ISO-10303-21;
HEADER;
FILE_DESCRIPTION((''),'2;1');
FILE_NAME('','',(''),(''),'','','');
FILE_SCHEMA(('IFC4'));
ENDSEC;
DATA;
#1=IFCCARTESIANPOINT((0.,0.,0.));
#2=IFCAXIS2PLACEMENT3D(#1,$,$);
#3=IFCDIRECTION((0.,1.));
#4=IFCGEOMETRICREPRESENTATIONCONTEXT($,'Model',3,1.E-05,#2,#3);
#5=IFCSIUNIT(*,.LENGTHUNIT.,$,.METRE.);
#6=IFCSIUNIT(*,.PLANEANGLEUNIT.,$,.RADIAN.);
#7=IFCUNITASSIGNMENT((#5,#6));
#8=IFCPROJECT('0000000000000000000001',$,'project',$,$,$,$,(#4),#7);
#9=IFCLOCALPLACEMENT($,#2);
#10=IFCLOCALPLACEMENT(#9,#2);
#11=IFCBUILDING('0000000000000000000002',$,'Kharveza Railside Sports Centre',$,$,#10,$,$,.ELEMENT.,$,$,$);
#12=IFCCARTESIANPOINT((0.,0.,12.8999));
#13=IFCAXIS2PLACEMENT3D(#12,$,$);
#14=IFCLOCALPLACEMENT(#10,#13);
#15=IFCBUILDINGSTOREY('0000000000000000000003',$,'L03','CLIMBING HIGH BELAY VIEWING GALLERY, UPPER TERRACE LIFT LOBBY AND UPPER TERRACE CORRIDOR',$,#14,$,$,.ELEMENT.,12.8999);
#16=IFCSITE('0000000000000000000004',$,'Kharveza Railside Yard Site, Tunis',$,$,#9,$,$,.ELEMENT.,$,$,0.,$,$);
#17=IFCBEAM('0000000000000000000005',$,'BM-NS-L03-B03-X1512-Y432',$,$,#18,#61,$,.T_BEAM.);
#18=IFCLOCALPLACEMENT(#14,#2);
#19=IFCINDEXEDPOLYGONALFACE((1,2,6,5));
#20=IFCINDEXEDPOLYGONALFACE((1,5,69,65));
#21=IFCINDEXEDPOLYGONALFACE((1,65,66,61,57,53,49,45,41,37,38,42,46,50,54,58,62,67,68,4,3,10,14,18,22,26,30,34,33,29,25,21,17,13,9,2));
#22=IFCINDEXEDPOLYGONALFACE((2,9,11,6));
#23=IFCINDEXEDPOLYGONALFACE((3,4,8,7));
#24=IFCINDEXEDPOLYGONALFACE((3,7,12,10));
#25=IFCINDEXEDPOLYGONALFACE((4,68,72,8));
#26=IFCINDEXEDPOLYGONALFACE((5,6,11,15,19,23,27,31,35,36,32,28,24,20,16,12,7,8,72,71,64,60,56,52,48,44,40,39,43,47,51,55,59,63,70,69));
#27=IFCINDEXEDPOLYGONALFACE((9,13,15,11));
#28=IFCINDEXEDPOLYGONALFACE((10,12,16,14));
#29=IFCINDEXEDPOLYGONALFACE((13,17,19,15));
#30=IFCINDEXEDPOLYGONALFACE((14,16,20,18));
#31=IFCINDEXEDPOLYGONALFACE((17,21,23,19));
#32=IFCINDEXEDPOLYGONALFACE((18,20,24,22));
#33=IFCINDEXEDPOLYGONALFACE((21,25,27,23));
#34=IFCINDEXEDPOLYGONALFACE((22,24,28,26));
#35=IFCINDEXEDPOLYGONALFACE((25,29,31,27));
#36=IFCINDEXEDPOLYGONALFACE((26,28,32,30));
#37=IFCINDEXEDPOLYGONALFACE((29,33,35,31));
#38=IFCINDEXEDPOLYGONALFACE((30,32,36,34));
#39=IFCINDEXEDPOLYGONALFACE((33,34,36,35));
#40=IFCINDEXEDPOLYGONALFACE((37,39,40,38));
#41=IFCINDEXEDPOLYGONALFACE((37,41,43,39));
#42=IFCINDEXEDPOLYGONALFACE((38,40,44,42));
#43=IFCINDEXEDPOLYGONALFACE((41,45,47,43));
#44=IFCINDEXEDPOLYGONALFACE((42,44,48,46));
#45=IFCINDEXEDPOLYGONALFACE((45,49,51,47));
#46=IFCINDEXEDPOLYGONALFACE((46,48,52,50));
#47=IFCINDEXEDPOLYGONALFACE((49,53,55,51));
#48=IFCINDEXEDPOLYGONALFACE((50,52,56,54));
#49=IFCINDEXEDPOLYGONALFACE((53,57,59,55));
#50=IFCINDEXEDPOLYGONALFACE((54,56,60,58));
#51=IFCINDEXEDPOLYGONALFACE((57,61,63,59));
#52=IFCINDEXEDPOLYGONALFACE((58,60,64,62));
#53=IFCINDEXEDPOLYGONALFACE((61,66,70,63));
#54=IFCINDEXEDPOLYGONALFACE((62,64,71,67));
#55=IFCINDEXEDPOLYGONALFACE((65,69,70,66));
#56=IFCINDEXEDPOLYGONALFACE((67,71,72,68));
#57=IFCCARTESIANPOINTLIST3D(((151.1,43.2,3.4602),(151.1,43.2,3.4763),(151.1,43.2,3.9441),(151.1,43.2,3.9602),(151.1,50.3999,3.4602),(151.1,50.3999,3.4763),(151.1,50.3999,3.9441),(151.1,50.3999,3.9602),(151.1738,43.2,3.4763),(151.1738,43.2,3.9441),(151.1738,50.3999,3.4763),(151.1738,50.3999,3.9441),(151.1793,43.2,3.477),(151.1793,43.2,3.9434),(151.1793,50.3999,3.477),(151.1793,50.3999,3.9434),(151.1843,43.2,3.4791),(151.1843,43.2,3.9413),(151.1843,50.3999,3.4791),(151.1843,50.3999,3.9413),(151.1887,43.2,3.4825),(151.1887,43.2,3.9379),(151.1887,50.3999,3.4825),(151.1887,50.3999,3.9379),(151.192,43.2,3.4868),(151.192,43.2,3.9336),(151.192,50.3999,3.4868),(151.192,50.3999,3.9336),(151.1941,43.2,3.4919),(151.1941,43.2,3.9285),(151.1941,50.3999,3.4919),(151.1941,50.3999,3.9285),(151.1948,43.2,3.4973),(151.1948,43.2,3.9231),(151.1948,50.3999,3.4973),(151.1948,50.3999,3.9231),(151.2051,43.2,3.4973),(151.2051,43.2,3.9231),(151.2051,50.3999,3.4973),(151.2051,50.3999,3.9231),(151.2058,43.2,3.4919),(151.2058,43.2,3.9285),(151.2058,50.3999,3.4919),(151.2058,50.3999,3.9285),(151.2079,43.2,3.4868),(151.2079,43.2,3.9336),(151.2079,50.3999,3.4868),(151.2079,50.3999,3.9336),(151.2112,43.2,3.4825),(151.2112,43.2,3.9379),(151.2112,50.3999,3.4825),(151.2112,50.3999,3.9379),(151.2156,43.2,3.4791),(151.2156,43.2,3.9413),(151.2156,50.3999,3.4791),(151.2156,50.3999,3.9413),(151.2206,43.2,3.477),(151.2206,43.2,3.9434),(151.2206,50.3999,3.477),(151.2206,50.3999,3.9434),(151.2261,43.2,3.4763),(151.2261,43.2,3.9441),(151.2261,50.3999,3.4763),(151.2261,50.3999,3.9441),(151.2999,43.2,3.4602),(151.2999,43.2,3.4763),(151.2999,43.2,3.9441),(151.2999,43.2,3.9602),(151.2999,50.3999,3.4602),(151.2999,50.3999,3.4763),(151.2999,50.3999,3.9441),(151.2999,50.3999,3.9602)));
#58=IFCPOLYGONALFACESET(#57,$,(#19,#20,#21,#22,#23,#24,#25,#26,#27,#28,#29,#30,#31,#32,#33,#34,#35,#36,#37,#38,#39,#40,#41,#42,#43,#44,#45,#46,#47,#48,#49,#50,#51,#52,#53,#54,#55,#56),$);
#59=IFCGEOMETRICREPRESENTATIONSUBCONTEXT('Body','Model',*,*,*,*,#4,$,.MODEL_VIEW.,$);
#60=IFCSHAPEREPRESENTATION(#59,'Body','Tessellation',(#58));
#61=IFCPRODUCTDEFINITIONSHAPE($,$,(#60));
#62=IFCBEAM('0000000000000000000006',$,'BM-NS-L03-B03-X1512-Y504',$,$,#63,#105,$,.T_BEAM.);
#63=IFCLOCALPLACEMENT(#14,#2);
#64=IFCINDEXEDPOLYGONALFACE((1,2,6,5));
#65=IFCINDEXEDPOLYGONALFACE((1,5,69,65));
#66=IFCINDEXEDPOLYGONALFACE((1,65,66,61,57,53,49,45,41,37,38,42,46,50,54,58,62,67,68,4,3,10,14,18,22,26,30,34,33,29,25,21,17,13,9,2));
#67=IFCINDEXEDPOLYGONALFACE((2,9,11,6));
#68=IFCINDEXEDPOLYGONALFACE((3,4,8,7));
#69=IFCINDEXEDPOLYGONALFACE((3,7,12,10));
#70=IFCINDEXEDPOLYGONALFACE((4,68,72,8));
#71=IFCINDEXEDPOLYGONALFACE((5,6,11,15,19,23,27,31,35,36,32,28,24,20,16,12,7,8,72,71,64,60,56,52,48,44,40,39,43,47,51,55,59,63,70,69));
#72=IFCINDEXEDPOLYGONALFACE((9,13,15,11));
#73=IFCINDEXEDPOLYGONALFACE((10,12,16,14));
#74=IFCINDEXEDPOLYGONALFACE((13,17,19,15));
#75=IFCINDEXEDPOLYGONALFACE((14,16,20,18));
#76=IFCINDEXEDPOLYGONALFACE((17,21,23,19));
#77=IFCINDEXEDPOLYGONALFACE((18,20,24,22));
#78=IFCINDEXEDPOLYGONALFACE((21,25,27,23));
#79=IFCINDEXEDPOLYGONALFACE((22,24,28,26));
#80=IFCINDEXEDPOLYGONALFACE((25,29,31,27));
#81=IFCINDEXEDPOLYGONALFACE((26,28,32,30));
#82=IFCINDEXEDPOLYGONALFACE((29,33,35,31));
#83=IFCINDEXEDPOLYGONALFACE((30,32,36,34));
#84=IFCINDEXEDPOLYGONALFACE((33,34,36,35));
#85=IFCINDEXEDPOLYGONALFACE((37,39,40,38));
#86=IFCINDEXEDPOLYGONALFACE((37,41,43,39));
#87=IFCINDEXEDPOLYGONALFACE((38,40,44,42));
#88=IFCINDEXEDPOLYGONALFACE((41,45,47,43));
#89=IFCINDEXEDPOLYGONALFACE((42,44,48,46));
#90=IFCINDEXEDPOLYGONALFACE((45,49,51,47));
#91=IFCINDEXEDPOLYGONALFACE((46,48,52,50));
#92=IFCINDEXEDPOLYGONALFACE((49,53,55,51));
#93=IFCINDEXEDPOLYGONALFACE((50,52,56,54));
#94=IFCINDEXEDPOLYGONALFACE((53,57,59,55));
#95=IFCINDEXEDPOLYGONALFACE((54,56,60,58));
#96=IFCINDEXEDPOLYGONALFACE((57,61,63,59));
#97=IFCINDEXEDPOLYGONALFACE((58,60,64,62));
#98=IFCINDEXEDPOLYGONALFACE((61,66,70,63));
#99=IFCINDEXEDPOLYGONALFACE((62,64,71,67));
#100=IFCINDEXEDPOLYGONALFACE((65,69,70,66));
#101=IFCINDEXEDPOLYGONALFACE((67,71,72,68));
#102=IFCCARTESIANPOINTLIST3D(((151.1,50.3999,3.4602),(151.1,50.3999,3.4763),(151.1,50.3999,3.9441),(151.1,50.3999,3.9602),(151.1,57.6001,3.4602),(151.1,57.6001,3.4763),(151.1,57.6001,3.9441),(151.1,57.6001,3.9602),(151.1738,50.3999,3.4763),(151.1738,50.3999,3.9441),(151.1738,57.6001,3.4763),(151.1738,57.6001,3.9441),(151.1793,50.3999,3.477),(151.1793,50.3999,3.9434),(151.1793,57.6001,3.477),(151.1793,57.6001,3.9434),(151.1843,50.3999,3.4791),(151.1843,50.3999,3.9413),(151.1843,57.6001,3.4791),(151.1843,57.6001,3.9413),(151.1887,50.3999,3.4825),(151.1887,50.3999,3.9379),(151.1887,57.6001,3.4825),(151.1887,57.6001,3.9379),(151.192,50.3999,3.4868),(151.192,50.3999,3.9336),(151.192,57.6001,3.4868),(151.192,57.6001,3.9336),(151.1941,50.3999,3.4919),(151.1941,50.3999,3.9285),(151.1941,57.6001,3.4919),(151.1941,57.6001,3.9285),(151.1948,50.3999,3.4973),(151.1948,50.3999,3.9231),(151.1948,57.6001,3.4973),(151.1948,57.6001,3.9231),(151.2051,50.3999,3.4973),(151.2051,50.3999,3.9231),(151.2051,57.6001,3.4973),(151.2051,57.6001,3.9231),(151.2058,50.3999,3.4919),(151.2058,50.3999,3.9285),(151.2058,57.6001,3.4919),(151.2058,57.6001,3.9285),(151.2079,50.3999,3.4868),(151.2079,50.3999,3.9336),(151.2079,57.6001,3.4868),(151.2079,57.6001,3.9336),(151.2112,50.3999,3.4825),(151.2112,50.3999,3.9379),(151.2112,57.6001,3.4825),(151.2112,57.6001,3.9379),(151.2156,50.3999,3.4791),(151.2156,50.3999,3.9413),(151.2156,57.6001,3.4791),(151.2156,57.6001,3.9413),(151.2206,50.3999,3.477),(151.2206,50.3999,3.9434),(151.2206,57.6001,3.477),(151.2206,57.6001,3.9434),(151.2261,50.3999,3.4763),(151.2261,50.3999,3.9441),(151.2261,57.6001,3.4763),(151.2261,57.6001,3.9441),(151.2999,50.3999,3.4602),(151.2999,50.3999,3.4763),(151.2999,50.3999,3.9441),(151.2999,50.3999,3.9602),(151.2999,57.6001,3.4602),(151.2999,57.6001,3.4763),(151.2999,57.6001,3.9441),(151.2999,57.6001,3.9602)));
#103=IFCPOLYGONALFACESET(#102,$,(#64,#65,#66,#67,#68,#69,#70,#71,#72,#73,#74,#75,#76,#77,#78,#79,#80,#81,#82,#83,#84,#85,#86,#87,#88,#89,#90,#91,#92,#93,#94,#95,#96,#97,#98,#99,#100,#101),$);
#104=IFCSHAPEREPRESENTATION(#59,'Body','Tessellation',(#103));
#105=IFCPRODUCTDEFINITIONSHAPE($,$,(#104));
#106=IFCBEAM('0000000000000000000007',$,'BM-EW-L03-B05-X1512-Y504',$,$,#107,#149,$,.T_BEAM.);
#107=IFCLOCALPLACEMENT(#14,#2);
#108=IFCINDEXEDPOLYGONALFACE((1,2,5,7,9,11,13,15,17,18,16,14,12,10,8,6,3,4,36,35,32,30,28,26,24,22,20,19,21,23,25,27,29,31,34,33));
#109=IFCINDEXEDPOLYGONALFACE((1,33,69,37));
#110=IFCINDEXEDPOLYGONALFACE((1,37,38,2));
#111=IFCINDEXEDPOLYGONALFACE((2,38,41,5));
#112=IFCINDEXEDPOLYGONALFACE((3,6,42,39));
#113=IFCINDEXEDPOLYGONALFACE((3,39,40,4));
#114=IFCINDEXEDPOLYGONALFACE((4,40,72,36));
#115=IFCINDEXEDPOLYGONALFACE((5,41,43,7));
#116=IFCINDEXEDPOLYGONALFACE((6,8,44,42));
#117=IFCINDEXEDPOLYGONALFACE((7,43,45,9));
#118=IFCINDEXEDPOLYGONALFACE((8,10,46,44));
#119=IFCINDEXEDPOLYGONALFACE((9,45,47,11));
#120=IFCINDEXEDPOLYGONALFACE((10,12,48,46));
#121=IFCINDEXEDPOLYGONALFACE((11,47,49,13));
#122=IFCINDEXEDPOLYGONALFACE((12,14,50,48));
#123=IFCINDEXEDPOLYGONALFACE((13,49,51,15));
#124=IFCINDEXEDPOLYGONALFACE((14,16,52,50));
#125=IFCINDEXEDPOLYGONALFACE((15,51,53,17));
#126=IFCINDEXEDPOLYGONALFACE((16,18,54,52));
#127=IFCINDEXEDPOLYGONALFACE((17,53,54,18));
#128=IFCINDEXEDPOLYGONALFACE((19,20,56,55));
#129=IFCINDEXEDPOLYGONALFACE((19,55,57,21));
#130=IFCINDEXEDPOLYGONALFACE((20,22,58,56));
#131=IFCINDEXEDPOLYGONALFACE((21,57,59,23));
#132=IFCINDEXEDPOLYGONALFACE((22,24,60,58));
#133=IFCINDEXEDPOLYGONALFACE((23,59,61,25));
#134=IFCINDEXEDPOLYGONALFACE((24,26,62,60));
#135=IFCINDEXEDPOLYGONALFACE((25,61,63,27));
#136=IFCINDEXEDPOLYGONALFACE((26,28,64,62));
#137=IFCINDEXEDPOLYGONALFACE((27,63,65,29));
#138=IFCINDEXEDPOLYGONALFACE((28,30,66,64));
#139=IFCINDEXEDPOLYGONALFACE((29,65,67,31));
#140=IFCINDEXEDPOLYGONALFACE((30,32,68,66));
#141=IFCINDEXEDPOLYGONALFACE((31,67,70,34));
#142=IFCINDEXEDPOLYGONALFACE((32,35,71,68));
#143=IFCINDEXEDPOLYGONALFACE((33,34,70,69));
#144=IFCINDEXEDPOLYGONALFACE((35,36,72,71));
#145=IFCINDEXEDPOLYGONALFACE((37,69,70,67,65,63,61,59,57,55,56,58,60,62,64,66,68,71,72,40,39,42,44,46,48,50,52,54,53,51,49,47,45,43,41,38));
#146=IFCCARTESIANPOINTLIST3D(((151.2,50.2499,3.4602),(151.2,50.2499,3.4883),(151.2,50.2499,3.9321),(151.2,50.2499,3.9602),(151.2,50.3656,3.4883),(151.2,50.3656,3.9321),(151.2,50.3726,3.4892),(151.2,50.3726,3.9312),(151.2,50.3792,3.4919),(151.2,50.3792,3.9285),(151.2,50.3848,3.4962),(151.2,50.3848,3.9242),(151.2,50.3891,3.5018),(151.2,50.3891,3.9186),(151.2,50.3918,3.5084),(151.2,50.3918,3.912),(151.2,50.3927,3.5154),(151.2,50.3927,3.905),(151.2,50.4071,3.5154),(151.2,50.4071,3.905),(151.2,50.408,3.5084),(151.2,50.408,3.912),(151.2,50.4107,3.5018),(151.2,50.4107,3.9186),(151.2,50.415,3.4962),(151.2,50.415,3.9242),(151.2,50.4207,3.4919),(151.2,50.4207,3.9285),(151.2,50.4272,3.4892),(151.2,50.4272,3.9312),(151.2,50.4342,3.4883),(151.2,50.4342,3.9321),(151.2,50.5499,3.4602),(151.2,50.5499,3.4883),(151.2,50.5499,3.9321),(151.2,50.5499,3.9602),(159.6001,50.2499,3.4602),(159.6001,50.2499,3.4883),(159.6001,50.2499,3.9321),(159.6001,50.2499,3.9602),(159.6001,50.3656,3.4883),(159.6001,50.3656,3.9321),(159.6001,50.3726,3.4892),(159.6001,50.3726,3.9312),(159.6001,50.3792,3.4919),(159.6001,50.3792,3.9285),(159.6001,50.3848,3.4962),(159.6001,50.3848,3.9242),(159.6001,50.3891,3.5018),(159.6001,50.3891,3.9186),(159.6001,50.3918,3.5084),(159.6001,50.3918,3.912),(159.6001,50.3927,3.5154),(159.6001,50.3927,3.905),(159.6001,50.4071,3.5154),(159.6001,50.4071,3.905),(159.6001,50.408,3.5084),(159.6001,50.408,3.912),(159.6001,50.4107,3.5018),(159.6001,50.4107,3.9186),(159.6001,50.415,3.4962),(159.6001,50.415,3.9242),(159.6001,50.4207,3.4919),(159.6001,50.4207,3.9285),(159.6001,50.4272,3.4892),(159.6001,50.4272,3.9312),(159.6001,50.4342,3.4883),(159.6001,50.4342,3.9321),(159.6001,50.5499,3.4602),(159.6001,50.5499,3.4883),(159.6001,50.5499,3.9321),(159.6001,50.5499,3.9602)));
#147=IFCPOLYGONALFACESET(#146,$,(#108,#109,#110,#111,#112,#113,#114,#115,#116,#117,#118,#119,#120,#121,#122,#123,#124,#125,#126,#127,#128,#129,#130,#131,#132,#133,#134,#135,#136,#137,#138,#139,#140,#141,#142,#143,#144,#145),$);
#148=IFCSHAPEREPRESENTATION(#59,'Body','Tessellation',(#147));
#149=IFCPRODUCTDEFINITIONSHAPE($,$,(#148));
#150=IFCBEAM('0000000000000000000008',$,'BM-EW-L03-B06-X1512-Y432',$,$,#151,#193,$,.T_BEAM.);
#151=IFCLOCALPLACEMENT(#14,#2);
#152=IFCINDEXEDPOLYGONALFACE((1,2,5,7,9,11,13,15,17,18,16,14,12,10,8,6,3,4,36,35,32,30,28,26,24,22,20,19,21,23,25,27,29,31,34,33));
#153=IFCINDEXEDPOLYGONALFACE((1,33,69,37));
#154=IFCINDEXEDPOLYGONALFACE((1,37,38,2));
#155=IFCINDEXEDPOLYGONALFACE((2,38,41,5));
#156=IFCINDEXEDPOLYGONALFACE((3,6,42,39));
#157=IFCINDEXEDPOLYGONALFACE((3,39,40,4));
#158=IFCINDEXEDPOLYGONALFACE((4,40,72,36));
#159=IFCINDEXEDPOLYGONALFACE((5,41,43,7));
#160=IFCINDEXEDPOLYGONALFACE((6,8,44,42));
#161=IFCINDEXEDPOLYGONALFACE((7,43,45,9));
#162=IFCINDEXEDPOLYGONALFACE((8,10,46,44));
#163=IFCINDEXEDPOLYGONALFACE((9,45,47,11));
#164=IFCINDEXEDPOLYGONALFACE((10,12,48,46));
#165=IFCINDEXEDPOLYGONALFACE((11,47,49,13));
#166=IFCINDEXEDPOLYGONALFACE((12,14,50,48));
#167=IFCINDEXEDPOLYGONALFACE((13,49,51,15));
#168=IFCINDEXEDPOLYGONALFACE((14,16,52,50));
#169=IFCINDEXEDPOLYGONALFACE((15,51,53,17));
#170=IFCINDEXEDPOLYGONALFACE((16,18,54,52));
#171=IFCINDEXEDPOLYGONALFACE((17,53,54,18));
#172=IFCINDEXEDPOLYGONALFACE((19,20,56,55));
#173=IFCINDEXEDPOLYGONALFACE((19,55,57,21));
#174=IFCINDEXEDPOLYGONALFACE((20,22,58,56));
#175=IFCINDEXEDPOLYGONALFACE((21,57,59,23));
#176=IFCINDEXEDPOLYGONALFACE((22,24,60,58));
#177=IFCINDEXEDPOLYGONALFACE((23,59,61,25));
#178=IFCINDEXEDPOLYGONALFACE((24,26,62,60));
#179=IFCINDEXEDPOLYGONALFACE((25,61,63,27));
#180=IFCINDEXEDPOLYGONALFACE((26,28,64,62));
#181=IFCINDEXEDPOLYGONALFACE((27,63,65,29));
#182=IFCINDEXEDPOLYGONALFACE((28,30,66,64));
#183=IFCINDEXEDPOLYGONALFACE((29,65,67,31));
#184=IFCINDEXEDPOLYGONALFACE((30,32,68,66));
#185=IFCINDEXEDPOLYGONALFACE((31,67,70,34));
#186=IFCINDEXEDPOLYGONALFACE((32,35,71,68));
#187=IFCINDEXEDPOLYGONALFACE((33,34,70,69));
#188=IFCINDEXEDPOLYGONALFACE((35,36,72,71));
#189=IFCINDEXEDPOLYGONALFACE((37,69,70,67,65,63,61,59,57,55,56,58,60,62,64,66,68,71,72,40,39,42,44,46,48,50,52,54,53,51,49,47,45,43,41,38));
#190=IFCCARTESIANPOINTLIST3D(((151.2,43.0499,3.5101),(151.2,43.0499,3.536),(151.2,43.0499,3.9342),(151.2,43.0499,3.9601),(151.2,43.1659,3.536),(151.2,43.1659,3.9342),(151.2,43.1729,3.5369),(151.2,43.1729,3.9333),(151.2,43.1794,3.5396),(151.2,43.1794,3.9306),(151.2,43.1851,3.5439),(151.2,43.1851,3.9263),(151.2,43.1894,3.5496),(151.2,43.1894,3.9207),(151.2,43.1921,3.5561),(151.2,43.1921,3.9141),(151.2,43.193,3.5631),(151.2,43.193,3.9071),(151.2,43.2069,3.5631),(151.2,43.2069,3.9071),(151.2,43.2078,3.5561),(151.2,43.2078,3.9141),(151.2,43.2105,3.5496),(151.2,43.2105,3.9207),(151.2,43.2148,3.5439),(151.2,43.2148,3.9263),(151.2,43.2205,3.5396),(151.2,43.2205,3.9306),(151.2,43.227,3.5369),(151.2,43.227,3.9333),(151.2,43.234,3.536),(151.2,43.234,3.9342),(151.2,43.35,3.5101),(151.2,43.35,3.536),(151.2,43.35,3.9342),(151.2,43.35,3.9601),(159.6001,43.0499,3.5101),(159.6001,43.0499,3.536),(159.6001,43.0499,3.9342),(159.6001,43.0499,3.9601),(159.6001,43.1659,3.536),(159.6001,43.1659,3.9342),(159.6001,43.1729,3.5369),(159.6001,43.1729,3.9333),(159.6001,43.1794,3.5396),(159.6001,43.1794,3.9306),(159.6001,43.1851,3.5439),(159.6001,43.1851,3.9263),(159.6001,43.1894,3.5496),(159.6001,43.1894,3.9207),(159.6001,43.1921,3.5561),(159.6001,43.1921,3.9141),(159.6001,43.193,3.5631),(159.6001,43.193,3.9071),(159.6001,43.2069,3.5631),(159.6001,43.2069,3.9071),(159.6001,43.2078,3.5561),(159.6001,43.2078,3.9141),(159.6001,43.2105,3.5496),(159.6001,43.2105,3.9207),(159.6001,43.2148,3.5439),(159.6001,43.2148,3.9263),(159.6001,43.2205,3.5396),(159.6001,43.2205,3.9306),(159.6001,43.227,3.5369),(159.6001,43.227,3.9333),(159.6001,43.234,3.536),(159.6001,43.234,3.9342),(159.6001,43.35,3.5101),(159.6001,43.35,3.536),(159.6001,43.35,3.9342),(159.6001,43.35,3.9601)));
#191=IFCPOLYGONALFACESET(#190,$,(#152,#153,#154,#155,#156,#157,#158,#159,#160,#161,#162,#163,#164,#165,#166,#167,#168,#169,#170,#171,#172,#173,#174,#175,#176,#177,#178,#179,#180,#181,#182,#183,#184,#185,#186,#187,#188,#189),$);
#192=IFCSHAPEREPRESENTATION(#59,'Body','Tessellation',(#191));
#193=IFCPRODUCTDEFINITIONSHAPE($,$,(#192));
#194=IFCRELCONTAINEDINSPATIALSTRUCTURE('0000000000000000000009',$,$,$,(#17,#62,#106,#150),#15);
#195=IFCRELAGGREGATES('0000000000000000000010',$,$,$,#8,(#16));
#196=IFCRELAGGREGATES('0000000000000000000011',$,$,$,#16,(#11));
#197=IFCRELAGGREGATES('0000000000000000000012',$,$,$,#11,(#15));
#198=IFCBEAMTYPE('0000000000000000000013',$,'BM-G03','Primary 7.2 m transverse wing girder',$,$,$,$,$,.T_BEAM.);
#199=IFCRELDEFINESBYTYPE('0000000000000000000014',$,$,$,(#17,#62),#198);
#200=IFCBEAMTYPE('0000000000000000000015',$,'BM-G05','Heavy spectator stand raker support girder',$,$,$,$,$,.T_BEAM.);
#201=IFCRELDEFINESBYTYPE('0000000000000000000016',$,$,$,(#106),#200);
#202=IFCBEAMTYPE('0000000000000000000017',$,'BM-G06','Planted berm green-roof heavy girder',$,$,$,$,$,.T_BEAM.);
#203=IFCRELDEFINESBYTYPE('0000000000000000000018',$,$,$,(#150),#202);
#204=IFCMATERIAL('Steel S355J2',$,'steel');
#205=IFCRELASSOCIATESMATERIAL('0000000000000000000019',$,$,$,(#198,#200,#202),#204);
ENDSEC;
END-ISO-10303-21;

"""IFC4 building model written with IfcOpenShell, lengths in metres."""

from ifc_helpers import new_model, si_unit, direction, frame, origin, origin_2d, place, context, subcontext, project, spatial, i_section, extrude, material, material_profile, profile_set, type_object, element, save


model = new_model("IFC4")

# Units and contexts
model_context = context("Model", 3, precision=1e-05, world=origin(), true_north=direction((0.0, 1.0)))
body_context = subcontext(model_context, "Body", "Model", "MODEL_VIEW")
ifc_project = project(units=[si_unit("LENGTHUNIT", "METRE"), si_unit("PLANEANGLEUNIT", "RADIAN")], contexts=[model_context])

# Site, building, storey
site_placement = place(None, origin())
site = spatial("IfcSite", under=ifc_project, at=site_placement, Name="Kharveza Railside Yard Site, Tunis", CompositionType="ELEMENT", RefElevation=0.0)
building_placement = place(site_placement, origin())
building = spatial("IfcBuilding", under=site, at=building_placement, Name="Kharveza Railside Sports Centre", CompositionType="ELEMENT")
storey_placement = place(building_placement, frame((0.0, 0.0, 12.8999)))
storey = spatial("IfcBuildingStorey", under=building, at=storey_placement, Name="L03", Description="CLIMBING HIGH BELAY VIEWING GALLERY, UPPER TERRACE LIFT LOBBY AND UPPER TERRACE CORRIDOR", CompositionType="ELEMENT", Elevation=12.8999)

# Shared definitions
ifc_material_1 = material(Name="Steel S355J2", Category="steel")

# Beams
ifc_material_profile_1 = material_profile(ifc_material_1, i_section(OverallWidth=0.2, OverallDepth=0.5, WebThickness=0.0103, FlangeThickness=0.0161, FilletRadius=0.021, at=origin_2d()), Name="IPE 500")
ifc_profile_set_1 = profile_set([ifc_material_profile_1], Name="Steel S355J2")
beam_type_1 = type_object("IfcBeamType", Name="BM-G03", Description="Primary 7.2 m transverse wing girder", PredefinedType="T_BEAM", material=ifc_profile_set_1)
beam_1_placement = place(storey_placement, frame((151.2, 43.2, 3.7102), z_axis=(0.0, 1.0, 0.0), x_axis=(-1.0, 0.0, 0.0)))
element("IfcBeam", 1, at=beam_1_placement, inside=storey, type_object=beam_type_1, Name="BM-NS-L03-B03-X1512-Y432", PredefinedType="T_BEAM", context=body_context, shape_type="SweptSolid", body=[
    extrude(i_section(OverallWidth=0.2, OverallDepth=0.5, WebThickness=0.0103, FlangeThickness=0.0161, FilletRadius=0.021, at=origin_2d()), origin(), (0.0, 0.0, 1.0), 7.2),
])
beam_2_placement = place(storey_placement, frame((151.2, 50.3999, 3.7102), z_axis=(0.0, 1.0, 0.0), x_axis=(-1.0, 0.0, 0.0)))
element("IfcBeam", 2, at=beam_2_placement, inside=storey, type_object=beam_type_1, Name="BM-NS-L03-B03-X1512-Y504", PredefinedType="T_BEAM", context=body_context, shape_type="SweptSolid", body=[
    extrude(i_section(OverallWidth=0.2, OverallDepth=0.5, WebThickness=0.0103, FlangeThickness=0.0161, FilletRadius=0.021, at=origin_2d()), origin(), (0.0, 0.0, 1.0), 7.2002),
])
ifc_material_profile_2 = material_profile(ifc_material_1, i_section(OverallWidth=0.3, OverallDepth=0.5, WebThickness=0.0144, FlangeThickness=0.0281, FilletRadius=0.0271, at=origin_2d()), Name="HEB 500")
ifc_profile_set_2 = profile_set([ifc_material_profile_2], Name="Steel S355J2")
beam_type_2 = type_object("IfcBeamType", Name="BM-G05", Description="Heavy spectator stand raker support girder", PredefinedType="T_BEAM", material=ifc_profile_set_2)
beam_3_placement = place(storey_placement, frame((151.2, 50.3999, 3.7102), z_axis=(1.0, 0.0, 0.0), x_axis=(0.0, 1.0, 0.0)))
element("IfcBeam", 3, at=beam_3_placement, inside=storey, type_object=beam_type_2, Name="BM-EW-L03-B05-X1512-Y504", PredefinedType="T_BEAM", context=body_context, shape_type="SweptSolid", body=[
    extrude(i_section(OverallWidth=0.3, OverallDepth=0.5, WebThickness=0.0144, FlangeThickness=0.0281, FilletRadius=0.0271, at=origin_2d()), origin(), (0.0, 0.0, 1.0), 8.4001),
])
ifc_material_profile_3 = material_profile(ifc_material_1, i_section(OverallWidth=0.3, OverallDepth=0.45, WebThickness=0.0139, FlangeThickness=0.0259, FilletRadius=0.0271, at=origin_2d()), Name="HEB 450")
ifc_profile_set_3 = profile_set([ifc_material_profile_3], Name="Steel S355J2")
beam_type_3 = type_object("IfcBeamType", Name="BM-G06", Description="Planted berm green-roof heavy girder", PredefinedType="T_BEAM", material=ifc_profile_set_3)
beam_4_placement = place(storey_placement, frame((151.2, 43.2, 3.7351), z_axis=(1.0, 0.0, 0.0), x_axis=(0.0, 1.0, 0.0)))
element("IfcBeam", 4, at=beam_4_placement, inside=storey, type_object=beam_type_3, Name="BM-EW-L03-B06-X1512-Y432", PredefinedType="T_BEAM", context=body_context, shape_type="SweptSolid", body=[
    extrude(i_section(OverallWidth=0.3, OverallDepth=0.45, WebThickness=0.0139, FlangeThickness=0.0259, FilletRadius=0.0271, at=origin_2d()), origin(), (0.0, 0.0, 1.0), 8.4001),
])

save(model, "model.ifc")
